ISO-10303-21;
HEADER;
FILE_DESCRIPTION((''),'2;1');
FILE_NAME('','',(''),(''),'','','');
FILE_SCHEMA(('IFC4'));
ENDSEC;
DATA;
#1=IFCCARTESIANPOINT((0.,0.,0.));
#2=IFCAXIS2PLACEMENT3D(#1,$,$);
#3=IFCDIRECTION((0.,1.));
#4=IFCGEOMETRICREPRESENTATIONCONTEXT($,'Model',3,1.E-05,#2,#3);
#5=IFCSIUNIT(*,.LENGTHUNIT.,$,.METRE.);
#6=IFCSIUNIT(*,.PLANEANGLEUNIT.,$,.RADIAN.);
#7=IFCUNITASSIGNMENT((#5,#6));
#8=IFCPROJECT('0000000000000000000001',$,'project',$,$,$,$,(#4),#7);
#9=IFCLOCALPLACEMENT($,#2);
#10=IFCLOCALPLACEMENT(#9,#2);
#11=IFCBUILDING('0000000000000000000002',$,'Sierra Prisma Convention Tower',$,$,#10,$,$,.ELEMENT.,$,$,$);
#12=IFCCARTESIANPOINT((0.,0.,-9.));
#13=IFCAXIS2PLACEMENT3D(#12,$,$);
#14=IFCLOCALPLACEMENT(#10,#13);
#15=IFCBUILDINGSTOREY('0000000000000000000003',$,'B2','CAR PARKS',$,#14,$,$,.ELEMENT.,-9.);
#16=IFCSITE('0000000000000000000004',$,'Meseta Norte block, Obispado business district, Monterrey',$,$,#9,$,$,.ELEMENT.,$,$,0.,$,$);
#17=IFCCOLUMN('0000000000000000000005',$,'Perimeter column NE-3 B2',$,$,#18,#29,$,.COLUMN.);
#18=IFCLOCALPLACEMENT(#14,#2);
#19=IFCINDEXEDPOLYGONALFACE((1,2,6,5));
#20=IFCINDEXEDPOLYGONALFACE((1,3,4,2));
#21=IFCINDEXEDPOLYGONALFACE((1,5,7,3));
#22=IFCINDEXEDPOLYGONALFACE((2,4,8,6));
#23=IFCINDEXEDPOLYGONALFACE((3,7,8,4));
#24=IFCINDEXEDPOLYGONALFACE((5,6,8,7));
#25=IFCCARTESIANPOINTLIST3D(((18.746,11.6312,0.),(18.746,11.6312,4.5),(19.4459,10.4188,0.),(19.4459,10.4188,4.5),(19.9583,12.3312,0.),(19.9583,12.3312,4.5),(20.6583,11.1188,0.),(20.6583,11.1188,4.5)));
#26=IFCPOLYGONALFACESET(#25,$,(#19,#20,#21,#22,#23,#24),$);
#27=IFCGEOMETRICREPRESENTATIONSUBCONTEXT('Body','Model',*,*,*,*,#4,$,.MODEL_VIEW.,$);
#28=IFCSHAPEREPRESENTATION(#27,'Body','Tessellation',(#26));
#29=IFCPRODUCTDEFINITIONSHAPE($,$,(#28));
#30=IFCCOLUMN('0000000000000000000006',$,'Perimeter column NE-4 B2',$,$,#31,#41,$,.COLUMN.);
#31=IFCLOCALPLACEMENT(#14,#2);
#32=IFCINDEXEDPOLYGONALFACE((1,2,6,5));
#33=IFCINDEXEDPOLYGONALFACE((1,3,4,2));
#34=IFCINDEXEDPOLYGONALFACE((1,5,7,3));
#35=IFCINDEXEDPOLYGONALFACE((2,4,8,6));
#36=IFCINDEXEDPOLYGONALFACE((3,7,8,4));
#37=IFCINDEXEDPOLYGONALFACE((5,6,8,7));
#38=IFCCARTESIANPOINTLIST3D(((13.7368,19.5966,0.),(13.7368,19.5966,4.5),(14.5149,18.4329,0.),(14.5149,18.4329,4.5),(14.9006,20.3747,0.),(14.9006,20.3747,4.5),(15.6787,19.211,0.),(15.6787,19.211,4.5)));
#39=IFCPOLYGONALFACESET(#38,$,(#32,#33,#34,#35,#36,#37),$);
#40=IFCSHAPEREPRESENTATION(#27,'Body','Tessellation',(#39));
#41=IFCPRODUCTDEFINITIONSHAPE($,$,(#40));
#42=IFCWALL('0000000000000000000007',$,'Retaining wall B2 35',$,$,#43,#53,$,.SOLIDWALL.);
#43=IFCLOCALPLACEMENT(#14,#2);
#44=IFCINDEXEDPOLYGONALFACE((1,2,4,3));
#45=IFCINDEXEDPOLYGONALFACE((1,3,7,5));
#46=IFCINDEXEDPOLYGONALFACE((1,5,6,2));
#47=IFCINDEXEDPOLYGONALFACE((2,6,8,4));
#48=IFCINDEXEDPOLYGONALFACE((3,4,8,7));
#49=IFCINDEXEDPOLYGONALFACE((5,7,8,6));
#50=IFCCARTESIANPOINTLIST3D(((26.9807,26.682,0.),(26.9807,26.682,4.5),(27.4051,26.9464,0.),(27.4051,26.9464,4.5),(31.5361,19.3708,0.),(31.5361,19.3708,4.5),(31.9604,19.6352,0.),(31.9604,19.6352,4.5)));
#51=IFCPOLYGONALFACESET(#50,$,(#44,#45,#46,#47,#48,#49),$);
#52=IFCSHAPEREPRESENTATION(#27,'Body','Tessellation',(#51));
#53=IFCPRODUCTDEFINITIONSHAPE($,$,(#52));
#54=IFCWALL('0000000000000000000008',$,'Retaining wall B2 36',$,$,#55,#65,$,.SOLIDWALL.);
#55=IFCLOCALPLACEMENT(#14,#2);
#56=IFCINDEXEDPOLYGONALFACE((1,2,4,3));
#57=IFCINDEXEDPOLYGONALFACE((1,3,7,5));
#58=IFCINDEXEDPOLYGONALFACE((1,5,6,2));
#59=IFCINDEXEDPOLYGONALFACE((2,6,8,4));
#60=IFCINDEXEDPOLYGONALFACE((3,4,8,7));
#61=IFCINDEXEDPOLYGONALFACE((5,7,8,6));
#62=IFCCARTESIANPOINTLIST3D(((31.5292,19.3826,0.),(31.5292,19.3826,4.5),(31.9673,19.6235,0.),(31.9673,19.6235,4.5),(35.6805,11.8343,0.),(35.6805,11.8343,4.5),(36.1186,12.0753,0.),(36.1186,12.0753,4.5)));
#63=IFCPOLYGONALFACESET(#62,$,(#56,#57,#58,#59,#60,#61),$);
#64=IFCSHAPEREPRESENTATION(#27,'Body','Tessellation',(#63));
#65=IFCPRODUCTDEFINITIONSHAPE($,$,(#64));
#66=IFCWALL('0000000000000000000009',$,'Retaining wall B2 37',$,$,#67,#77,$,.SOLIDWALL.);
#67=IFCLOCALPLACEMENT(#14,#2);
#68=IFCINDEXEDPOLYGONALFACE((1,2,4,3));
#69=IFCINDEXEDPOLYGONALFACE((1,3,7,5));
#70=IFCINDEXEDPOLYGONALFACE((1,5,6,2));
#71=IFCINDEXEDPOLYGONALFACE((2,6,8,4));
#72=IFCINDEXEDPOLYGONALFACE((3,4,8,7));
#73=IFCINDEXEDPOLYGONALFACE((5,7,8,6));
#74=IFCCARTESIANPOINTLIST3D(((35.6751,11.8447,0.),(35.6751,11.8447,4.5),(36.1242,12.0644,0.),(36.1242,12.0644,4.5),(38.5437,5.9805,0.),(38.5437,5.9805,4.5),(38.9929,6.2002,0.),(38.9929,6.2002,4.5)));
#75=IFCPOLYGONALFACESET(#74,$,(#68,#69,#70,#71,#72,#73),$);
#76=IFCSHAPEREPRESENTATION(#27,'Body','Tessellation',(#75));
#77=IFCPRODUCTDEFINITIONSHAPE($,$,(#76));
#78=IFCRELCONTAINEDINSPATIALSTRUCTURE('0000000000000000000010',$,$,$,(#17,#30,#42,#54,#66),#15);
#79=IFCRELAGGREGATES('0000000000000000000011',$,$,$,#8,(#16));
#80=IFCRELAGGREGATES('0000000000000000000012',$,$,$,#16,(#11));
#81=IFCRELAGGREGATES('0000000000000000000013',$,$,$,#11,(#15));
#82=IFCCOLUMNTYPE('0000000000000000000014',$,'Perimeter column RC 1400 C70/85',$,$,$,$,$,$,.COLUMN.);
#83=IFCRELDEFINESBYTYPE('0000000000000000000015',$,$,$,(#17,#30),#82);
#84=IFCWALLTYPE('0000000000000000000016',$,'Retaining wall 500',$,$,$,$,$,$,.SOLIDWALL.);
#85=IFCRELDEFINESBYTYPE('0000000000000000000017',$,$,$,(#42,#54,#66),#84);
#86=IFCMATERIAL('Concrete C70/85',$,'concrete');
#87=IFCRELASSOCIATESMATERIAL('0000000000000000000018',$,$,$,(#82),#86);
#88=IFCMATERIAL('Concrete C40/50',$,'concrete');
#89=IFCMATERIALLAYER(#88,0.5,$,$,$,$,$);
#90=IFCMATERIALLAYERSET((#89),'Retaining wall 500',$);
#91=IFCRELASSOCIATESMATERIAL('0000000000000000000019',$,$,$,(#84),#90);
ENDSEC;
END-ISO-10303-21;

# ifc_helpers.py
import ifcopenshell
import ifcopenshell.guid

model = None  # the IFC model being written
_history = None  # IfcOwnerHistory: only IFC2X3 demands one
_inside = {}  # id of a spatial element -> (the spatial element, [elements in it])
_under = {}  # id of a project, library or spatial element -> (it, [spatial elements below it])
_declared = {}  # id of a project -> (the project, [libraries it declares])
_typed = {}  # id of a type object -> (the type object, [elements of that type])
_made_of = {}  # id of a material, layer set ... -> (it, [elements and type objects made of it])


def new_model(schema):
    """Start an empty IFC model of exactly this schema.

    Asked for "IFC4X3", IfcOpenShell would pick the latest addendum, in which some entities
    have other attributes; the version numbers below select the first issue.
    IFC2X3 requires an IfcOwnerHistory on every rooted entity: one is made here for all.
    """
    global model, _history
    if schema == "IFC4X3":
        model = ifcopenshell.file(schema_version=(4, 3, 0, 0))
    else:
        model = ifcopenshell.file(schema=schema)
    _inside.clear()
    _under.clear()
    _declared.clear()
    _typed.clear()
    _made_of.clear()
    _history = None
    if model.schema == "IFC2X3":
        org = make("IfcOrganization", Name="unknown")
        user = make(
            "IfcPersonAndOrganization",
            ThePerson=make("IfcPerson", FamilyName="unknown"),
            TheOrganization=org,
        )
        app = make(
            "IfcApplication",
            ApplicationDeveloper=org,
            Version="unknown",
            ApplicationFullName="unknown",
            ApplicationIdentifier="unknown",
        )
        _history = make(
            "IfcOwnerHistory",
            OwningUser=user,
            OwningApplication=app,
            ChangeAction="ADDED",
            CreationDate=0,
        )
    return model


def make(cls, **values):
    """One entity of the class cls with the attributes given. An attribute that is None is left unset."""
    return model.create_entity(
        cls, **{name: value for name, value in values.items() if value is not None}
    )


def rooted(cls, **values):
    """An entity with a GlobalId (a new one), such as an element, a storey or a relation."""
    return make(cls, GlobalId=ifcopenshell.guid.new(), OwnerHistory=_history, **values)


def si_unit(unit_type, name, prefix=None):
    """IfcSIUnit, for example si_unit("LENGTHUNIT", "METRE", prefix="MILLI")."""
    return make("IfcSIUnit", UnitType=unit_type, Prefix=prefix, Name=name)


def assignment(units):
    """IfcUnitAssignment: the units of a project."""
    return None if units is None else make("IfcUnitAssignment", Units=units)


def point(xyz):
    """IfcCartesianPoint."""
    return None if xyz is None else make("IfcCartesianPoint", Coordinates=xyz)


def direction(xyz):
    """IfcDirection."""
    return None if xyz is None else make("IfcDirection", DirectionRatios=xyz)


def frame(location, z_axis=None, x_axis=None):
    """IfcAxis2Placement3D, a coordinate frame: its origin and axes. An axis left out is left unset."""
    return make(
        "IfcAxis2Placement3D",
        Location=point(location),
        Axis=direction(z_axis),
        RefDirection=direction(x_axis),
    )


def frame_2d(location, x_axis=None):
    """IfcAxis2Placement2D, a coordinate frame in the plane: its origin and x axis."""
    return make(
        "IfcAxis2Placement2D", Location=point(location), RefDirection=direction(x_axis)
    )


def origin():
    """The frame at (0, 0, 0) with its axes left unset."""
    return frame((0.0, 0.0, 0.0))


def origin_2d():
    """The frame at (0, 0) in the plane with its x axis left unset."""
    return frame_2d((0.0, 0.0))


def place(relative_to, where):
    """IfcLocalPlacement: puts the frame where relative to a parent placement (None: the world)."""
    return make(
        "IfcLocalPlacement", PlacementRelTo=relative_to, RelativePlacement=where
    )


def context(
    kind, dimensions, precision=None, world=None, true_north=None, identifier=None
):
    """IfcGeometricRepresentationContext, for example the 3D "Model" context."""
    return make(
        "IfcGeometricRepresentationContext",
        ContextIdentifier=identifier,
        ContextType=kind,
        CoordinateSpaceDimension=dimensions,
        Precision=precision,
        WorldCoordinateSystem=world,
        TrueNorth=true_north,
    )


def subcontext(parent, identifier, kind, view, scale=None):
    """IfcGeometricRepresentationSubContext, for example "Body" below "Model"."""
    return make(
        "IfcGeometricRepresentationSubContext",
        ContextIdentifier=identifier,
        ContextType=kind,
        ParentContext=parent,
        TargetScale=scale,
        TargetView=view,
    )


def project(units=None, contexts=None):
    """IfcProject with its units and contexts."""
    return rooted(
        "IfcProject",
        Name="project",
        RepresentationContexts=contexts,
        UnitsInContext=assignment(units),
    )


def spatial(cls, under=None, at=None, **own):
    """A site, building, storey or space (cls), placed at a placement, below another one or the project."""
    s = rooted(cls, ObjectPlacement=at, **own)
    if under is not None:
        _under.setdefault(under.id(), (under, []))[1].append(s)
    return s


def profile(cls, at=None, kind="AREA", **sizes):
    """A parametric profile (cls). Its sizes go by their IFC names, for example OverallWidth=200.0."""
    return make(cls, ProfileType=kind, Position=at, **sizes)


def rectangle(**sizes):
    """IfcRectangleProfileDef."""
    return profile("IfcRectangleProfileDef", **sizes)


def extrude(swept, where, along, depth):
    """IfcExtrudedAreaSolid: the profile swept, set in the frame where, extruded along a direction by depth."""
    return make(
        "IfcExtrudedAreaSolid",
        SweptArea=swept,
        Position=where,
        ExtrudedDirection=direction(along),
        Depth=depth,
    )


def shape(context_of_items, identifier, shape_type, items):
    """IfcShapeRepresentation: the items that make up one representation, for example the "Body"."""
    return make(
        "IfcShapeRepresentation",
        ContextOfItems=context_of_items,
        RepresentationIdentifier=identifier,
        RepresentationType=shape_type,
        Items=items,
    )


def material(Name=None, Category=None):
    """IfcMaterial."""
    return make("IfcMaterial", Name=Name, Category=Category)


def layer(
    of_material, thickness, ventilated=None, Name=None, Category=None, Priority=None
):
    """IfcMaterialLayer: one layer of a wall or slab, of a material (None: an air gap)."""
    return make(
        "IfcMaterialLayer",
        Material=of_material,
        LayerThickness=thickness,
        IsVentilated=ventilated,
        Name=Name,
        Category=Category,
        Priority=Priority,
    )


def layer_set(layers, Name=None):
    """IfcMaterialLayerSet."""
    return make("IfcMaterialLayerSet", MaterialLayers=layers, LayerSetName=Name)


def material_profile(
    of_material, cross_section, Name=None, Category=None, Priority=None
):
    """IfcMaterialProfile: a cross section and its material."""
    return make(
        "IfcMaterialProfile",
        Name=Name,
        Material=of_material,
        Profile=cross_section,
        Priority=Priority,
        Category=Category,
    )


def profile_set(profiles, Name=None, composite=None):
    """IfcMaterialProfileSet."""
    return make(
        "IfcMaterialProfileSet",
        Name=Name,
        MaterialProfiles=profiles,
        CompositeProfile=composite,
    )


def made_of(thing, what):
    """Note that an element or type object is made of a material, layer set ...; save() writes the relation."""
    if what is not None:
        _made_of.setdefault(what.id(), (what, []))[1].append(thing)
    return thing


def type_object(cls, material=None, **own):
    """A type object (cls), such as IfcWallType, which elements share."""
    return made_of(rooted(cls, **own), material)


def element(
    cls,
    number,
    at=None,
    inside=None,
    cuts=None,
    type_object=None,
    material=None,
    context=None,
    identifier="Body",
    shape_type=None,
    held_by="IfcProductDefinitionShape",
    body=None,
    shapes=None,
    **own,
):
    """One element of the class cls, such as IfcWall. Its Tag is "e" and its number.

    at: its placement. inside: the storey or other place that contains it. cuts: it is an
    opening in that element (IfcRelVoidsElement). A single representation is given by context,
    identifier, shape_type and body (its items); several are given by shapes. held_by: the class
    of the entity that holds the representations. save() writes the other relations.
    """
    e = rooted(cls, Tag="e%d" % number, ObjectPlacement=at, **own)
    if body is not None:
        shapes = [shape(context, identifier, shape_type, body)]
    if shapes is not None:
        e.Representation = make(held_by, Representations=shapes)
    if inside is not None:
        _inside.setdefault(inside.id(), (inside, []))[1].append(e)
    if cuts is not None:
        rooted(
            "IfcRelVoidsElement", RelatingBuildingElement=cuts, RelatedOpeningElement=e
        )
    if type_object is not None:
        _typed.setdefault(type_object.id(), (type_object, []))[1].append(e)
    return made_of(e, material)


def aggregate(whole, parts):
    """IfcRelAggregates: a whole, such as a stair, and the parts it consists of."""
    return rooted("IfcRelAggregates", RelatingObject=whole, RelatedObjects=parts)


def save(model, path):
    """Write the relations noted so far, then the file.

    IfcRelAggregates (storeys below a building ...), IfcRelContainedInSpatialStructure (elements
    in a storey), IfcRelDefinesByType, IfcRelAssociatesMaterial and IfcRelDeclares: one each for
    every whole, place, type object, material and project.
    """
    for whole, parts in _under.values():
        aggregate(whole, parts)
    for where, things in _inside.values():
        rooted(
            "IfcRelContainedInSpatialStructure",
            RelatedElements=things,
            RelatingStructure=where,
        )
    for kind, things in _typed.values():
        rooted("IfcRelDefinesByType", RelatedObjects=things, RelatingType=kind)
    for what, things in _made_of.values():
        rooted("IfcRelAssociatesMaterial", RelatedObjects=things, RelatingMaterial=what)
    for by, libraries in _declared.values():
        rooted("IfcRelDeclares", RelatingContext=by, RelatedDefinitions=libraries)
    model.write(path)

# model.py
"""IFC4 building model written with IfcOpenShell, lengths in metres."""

from ifc_helpers import new_model, si_unit, direction, frame, frame_2d, origin, origin_2d, place, context, subcontext, project, spatial, rectangle, extrude, material, layer, layer_set, material_profile, profile_set, type_object, element, save


model = new_model("IFC4")

# Units and contexts
model_context = context("Model", 3, precision=1e-05, world=origin(), true_north=direction((0.0, 1.0)))
body_context = subcontext(model_context, "Body", "Model", "MODEL_VIEW")
ifc_project = project(units=[si_unit("LENGTHUNIT", "METRE"), si_unit("PLANEANGLEUNIT", "RADIAN")], contexts=[model_context])

# Site, building, storey
site_placement = place(None, origin())
site = spatial("IfcSite", under=ifc_project, at=site_placement, Name="Meseta Norte block, Obispado business district, Monterrey", CompositionType="ELEMENT", RefElevation=0.0)
building_placement = place(site_placement, origin())
building = spatial("IfcBuilding", under=site, at=building_placement, Name="Sierra Prisma Convention Tower", CompositionType="ELEMENT")
storey_placement = place(building_placement, frame((0.0, 0.0, -9.0)))
storey = spatial("IfcBuildingStorey", under=building, at=storey_placement, Name="B2", Description="CAR PARKS", CompositionType="ELEMENT", Elevation=-9.0)

# Columns
ifc_material_1 = material(Name="Concrete C70/85", Category="concrete")
ifc_material_profile_1 = material_profile(ifc_material_1, rectangle(XDim=1.3999, YDim=1.3999, at=origin_2d()), Name="Perimeter column RC 1400 C70/85")
ifc_profile_set_1 = profile_set([ifc_material_profile_1], Name="Concrete C70/85")
column_type_1 = type_object("IfcColumnType", Name="Perimeter column RC 1400 C70/85", PredefinedType="COLUMN", material=ifc_profile_set_1)
for number, where, z_axis, x_axis, name in (
    (1, (19.7021, 11.375, 0.0), (0.0, 0.0, 1.0), (-0.5, 0.866025, 0.0), "Perimeter column NE-3 B2"),
    (2, (14.7078, 19.4038, 0.0), (0.0, 0.0, 1.0), (-0.555817, 0.831305, 0.0), "Perimeter column NE-4 B2"),
):
    element("IfcColumn", number, at=place(storey_placement, frame(where, z_axis=z_axis, x_axis=x_axis)), inside=storey, type_object=column_type_1, Name=name, PredefinedType="COLUMN", context=body_context, shape_type="SweptSolid", body=[
        extrude(rectangle(XDim=1.3999, YDim=1.3999, at=origin_2d()), origin(), (0.0, 0.0, 1.0), 4.5),
    ])

# Walls
ifc_material_2 = material(Name="Concrete C40/50", Category="concrete")
ifc_layer_1 = layer(ifc_material_2, 0.5)
ifc_layer_set_1 = layer_set([ifc_layer_1], Name="Retaining wall 500")
wall_type_1 = type_object("IfcWallType", Name="Retaining wall 500", PredefinedType="SOLIDWALL", material=ifc_layer_set_1)
wall_1_placement = place(storey_placement, frame((27.1929, 26.8142, 0.0), z_axis=(0.0, 0.0, 1.0), x_axis=(0.528819, -0.848735, 0.0)))
element("IfcWall", 3, at=wall_1_placement, inside=storey, type_object=wall_type_1, Name="Retaining wall B2 35", PredefinedType="SOLIDWALL", context=body_context, shape_type="SweptSolid", body=[
    extrude(rectangle(XDim=8.6143, YDim=0.5, at=frame_2d((4.3071, 0.0))), origin(), (0.0, 0.0, 1.0), 4.5),
])
wall_2_placement = place(storey_placement, frame((31.7483, 19.5029, 0.0), z_axis=(0.0, 0.0, 1.0), x_axis=(0.481899, -0.876227, 0.0)))
element("IfcWall", 4, at=wall_2_placement, inside=storey, type_object=wall_type_1, Name="Retaining wall B2 36", PredefinedType="SOLIDWALL", context=body_context, shape_type="SweptSolid", body=[
    extrude(rectangle(XDim=8.6145, YDim=0.5, at=frame_2d((4.3071, 0.0))), origin(), (0.0, 0.0, 1.0), 4.5),
])
wall_3_placement = place(storey_placement, frame((35.8997, 11.9546, 0.0), z_axis=(0.0, 0.0, 1.0), x_axis=(0.439418, -0.898283, 0.0)))
element("IfcWall", 5, at=wall_3_placement, inside=storey, type_object=wall_type_1, Name="Retaining wall B2 37", PredefinedType="SOLIDWALL", context=body_context, shape_type="SweptSolid", body=[
    extrude(rectangle(XDim=6.5283, YDim=0.5, at=frame_2d((3.2642, 0.0))), origin(), (0.0, 0.0, 1.0), 4.5),
])

save(model, "model.ifc")
